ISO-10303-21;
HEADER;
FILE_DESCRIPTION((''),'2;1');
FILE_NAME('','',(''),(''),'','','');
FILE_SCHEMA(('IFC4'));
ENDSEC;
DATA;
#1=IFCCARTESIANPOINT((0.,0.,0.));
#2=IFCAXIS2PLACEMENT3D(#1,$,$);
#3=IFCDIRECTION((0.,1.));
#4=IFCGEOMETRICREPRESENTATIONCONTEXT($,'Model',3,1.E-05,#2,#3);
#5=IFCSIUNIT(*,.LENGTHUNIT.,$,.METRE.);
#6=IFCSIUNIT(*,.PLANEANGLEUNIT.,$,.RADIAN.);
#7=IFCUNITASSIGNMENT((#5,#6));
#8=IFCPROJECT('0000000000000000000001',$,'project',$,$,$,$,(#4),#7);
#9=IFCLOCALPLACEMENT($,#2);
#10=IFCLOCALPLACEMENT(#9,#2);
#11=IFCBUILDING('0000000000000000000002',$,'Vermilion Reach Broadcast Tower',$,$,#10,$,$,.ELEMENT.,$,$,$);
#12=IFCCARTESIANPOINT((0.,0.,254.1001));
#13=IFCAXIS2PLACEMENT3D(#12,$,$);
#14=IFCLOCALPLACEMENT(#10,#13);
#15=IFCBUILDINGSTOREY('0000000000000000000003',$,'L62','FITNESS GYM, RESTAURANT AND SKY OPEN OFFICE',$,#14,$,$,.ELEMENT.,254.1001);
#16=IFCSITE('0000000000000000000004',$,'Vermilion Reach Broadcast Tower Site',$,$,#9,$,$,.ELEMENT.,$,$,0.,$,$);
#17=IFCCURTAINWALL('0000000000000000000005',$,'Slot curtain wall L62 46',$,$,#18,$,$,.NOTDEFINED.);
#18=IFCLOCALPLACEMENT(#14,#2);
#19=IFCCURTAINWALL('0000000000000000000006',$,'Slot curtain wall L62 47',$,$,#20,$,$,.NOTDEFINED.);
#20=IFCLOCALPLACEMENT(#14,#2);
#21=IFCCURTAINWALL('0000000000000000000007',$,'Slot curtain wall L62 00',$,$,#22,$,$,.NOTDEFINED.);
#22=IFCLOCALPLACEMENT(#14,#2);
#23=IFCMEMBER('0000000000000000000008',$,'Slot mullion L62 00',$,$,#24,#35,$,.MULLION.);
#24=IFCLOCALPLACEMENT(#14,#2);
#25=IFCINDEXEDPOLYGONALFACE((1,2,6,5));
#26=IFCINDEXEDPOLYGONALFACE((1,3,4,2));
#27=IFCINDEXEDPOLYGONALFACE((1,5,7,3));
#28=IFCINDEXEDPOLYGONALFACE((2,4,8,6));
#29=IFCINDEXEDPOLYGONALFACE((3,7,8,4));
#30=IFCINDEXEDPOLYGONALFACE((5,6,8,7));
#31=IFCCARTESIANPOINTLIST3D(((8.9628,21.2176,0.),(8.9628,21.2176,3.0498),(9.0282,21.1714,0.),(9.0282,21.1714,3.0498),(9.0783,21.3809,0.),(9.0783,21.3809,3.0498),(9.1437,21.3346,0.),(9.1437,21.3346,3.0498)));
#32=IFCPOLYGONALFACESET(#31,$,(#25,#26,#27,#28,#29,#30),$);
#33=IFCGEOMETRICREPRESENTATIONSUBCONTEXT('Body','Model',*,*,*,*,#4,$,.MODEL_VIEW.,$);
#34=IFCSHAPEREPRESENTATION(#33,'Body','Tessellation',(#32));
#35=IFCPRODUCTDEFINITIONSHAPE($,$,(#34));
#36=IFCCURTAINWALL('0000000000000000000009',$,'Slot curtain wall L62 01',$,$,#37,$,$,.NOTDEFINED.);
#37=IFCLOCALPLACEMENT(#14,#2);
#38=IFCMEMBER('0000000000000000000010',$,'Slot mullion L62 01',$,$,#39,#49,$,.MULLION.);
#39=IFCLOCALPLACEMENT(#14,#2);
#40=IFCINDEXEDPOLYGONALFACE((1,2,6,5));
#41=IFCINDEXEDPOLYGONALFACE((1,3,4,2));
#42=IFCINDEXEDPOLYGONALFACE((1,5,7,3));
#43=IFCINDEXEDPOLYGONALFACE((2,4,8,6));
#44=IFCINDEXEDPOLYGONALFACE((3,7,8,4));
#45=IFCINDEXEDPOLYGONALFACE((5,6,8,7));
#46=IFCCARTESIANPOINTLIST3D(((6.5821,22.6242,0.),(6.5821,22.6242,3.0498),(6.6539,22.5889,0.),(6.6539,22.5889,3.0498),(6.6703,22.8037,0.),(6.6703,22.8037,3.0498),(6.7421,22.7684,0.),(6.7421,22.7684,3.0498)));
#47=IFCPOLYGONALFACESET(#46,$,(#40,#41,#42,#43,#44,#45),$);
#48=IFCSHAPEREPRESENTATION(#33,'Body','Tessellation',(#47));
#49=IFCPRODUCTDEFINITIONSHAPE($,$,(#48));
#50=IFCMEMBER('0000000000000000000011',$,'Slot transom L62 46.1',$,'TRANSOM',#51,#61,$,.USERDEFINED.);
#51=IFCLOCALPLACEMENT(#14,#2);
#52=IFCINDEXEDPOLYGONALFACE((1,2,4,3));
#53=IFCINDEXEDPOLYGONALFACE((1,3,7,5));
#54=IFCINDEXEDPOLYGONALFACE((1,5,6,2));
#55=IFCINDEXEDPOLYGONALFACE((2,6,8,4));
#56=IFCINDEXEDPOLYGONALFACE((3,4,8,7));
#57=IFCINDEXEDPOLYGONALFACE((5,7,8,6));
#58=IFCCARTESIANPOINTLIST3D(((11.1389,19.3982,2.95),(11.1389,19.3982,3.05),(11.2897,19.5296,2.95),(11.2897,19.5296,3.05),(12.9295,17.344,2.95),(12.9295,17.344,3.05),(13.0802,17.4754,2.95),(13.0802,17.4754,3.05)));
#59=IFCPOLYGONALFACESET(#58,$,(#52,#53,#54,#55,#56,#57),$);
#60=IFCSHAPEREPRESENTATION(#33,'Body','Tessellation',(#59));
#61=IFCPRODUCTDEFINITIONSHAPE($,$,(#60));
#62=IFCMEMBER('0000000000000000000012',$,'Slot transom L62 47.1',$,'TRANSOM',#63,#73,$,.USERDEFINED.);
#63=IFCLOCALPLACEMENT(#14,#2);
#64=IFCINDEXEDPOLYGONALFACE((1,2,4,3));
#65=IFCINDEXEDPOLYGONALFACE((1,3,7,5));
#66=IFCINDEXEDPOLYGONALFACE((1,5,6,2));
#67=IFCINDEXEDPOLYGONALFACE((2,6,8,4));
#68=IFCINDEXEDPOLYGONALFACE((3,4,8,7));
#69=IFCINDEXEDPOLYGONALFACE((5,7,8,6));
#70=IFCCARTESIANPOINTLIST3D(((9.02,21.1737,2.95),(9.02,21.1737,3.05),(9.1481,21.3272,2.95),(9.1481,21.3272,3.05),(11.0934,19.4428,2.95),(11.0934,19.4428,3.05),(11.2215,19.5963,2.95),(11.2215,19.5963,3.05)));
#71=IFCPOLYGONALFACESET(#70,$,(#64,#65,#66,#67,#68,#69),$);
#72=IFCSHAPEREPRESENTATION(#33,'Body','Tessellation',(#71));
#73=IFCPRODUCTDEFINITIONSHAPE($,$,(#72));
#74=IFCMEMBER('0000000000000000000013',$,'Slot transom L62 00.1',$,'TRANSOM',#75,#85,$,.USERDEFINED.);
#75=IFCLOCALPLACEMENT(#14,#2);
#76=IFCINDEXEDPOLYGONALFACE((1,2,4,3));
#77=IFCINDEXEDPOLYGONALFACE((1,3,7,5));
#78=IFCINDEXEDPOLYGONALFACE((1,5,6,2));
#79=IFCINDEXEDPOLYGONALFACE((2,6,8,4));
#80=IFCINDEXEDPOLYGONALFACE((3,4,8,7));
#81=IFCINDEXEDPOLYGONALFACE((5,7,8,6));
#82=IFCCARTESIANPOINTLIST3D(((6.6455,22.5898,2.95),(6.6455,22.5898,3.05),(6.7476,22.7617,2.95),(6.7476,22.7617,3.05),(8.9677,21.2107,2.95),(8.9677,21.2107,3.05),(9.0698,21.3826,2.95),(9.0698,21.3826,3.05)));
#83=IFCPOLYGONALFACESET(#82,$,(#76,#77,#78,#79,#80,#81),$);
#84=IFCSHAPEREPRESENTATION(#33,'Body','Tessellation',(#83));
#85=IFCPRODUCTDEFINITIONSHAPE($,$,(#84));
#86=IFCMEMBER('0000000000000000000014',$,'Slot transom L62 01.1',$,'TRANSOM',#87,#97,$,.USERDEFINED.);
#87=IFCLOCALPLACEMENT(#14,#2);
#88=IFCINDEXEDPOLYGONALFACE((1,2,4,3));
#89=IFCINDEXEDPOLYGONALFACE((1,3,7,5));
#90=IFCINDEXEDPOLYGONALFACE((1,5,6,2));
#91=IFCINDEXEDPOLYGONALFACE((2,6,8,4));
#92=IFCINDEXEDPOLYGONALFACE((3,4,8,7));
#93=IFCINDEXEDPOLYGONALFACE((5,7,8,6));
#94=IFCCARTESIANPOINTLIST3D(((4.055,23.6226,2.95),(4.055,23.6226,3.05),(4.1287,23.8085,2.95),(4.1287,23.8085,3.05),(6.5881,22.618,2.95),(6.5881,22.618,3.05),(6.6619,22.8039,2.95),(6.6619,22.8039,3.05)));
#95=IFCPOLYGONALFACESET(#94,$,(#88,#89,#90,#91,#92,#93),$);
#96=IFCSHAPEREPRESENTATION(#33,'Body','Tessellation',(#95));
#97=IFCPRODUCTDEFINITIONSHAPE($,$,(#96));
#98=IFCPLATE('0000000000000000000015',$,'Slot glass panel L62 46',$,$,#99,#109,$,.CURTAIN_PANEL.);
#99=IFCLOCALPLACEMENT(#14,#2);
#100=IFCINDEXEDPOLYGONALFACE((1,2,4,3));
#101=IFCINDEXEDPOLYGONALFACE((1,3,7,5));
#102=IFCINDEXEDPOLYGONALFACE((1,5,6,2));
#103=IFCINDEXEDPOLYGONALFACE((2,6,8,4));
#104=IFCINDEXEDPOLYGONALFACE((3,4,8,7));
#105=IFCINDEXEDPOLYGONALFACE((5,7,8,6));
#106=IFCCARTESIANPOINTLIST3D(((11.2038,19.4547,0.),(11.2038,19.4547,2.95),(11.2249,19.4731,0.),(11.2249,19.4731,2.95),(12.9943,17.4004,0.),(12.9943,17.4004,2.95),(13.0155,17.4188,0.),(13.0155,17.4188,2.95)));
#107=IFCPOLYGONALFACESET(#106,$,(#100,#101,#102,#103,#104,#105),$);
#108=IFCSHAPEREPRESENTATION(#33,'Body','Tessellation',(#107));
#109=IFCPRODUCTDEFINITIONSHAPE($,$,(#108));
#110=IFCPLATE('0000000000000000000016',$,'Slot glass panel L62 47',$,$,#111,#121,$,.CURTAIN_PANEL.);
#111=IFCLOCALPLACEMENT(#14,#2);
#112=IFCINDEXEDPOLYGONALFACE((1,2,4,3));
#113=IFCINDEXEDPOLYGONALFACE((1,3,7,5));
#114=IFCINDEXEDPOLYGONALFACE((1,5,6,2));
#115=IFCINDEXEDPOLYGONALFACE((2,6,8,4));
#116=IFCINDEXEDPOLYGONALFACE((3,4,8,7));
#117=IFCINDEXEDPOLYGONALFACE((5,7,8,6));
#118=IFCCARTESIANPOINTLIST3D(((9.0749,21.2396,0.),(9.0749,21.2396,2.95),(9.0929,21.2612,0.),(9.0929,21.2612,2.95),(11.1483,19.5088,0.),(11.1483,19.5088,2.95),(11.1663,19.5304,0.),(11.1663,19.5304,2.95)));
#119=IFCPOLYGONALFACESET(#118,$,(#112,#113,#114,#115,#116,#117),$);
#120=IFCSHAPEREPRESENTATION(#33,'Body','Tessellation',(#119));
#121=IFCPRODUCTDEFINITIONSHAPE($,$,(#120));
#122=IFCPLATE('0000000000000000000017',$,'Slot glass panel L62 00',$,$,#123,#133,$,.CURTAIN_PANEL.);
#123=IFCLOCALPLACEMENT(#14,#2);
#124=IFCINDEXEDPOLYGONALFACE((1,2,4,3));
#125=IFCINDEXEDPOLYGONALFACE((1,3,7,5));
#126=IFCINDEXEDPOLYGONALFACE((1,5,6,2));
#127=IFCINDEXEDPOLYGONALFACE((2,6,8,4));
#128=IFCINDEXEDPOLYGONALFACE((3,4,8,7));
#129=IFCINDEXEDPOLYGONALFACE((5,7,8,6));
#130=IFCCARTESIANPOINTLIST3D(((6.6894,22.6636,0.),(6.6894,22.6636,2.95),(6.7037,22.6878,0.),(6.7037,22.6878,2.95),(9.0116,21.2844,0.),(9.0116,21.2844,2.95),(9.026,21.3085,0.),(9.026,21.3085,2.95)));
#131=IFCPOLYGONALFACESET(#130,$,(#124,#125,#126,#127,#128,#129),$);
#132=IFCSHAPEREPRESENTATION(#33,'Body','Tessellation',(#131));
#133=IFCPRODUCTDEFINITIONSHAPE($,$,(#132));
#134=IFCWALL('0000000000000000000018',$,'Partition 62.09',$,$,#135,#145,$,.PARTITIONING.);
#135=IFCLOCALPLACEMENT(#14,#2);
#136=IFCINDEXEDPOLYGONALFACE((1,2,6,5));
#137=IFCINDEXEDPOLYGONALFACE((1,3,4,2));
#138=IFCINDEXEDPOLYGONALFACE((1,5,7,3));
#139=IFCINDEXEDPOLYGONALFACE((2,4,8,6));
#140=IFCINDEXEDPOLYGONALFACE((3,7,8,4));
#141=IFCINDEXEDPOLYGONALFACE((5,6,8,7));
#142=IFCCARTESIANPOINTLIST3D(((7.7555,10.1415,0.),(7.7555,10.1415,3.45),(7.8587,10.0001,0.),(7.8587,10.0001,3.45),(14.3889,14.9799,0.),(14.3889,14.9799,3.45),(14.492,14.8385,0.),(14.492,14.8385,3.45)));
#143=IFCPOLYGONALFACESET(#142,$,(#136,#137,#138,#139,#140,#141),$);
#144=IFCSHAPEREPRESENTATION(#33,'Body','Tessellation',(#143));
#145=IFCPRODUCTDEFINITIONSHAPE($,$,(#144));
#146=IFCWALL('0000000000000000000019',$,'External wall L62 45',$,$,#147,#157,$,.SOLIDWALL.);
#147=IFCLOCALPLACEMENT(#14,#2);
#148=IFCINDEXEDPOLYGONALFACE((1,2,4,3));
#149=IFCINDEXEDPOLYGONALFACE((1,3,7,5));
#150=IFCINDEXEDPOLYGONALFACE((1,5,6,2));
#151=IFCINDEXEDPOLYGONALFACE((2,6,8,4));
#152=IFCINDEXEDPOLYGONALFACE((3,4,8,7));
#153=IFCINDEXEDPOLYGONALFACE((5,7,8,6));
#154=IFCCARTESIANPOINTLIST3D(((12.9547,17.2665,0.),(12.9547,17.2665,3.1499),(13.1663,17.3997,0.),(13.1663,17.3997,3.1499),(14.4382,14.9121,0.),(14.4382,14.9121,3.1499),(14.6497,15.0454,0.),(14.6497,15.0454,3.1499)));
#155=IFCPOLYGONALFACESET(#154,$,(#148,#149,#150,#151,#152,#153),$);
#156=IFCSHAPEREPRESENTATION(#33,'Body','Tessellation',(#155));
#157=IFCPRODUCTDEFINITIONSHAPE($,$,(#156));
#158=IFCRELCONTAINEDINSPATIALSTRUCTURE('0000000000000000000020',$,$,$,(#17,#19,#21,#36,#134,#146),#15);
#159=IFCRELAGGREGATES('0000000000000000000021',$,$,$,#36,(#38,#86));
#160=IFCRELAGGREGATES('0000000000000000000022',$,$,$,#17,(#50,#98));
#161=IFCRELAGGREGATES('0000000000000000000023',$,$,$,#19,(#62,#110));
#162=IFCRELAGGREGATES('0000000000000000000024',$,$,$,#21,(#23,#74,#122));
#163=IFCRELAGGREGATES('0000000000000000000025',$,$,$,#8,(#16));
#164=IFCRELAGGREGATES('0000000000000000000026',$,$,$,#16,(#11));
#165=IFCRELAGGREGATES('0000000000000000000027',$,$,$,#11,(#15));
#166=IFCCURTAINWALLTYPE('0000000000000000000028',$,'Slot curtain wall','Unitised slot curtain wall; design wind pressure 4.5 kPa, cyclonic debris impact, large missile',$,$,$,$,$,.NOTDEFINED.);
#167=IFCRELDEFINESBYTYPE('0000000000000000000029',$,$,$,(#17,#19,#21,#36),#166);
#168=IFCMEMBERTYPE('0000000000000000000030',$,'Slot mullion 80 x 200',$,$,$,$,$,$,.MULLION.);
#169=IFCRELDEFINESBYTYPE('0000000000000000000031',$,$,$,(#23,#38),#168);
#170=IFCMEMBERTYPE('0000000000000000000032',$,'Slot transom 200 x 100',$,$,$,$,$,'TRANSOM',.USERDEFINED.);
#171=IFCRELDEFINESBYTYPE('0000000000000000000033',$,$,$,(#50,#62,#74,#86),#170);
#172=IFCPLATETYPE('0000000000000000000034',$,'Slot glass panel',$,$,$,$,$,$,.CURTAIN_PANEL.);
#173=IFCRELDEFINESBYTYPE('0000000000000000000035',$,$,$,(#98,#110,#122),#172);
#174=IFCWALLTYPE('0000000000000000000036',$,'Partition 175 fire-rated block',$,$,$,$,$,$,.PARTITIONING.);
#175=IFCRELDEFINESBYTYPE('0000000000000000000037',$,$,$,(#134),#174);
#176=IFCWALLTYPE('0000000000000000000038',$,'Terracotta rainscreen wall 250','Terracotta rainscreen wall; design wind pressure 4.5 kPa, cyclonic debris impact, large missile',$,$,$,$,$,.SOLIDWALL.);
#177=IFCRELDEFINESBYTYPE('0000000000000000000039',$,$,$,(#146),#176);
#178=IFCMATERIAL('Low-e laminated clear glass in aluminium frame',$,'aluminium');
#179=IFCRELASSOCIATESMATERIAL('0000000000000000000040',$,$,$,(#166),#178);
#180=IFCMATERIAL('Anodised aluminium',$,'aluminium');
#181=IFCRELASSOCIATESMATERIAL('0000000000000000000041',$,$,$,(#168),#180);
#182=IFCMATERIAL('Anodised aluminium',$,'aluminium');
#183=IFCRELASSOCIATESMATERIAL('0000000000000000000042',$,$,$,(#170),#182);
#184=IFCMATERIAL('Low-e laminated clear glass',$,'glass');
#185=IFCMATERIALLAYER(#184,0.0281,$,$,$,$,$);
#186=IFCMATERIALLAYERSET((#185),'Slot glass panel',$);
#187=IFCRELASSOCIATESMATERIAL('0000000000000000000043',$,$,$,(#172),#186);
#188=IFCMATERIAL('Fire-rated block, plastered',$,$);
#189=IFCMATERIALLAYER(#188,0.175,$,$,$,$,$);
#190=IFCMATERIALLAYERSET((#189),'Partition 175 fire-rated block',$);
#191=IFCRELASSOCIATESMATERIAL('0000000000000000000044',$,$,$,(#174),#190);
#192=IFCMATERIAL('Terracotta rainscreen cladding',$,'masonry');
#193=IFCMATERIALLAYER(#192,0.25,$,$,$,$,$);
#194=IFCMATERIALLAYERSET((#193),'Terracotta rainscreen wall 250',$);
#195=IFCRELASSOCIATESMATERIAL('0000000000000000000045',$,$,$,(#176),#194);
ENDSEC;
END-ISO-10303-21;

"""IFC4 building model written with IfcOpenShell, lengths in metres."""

from ifc_helpers import new_model, si_unit, direction, frame, frame_2d, origin, origin_2d, place, context, subcontext, project, spatial, rectangle, extrude, material, layer, layer_set, material_profile, profile_set, type_object, element, aggregate, save


model = new_model("IFC4")

# Units and contexts
model_context = context("Model", 3, precision=1e-05, world=origin(), true_north=direction((0.0, 1.0)))
body_context = subcontext(model_context, "Body", "Model", "MODEL_VIEW")
ifc_project = project(units=[si_unit("LENGTHUNIT", "METRE"), si_unit("PLANEANGLEUNIT", "RADIAN")], contexts=[model_context])

# Site, building, storey
site_placement = place(None, origin())
site = spatial("IfcSite", under=ifc_project, at=site_placement, Name="Vermilion Reach Broadcast Tower Site", CompositionType="ELEMENT", RefElevation=0.0)
building_placement = place(site_placement, origin())
building = spatial("IfcBuilding", under=site, at=building_placement, Name="Vermilion Reach Broadcast Tower", CompositionType="ELEMENT")
storey_placement = place(building_placement, frame((0.0, 0.0, 254.1001)))
storey = spatial("IfcBuildingStorey", under=building, at=storey_placement, Name="L62", Description="FITNESS GYM, RESTAURANT AND SKY OPEN OFFICE", CompositionType="ELEMENT", Elevation=254.1001)

# Curtain walls, members
ifc_material_1 = material(Name="Low-e laminated clear glass in aluminium frame", Category="aluminium")
curtain_wall_type = type_object("IfcCurtainWallType", Name="Slot curtain wall", Description="Unitised slot curtain wall; design wind pressure 4.5 kPa, cyclonic debris impact, large missile", PredefinedType="NOTDEFINED", material=ifc_material_1)
placement = place(storey_placement, origin())
curtain_wall_1 = element("IfcCurtainWall", 1, at=placement, inside=storey, type_object=curtain_wall_type, Name="Slot curtain wall L62 46", PredefinedType="NOTDEFINED")
ifc_material_2 = material(Name="Anodised aluminium", Category="aluminium")
ifc_material_profile_1 = material_profile(ifc_material_2, rectangle(XDim=0.2, YDim=0.0801, at=origin_2d()), Name="Slot mullion 80 x 200")
ifc_profile_set_1 = profile_set([ifc_material_profile_1], Name="Anodised aluminium")
member_type_1 = type_object("IfcMemberType", Name="Slot mullion 80 x 200", PredefinedType="MULLION", material=ifc_profile_set_1)
curtain_wall_2 = element("IfcCurtainWall", 2, at=placement, inside=storey, type_object=curtain_wall_type, Name="Slot curtain wall L62 47", PredefinedType="NOTDEFINED")
curtain_wall_3 = element("IfcCurtainWall", 3, at=placement, inside=storey, type_object=curtain_wall_type, Name="Slot curtain wall L62 00", PredefinedType="NOTDEFINED")
member_1_placement = place(storey_placement, frame((9.0532, 21.2761, 0.0), z_axis=(0.0, 0.0, 1.0), x_axis=(-0.577573, -0.816339, 0.0)))
member_1 = element("IfcMember", 4, at=member_1_placement, type_object=member_type_1, Name="Slot mullion L62 00", PredefinedType="MULLION", context=body_context, shape_type="SweptSolid", body=[
    extrude(rectangle(XDim=0.2, YDim=0.0801, at=origin_2d()), origin(), (0.0, 0.0, 1.0), 3.0498),
])
curtain_wall_4 = element("IfcCurtainWall", 5, at=placement, inside=storey, type_object=curtain_wall_type, Name="Slot curtain wall L62 01", PredefinedType="NOTDEFINED")
member_2_placement = place(storey_placement, frame((6.6621, 22.6963, 0.0), z_axis=(0.0, 0.0, 1.0), x_axis=(-0.441053, -0.897481, 0.0)))
member_2 = element("IfcMember", 6, at=member_2_placement, type_object=member_type_1, Name="Slot mullion L62 01", PredefinedType="MULLION", context=body_context, shape_type="SweptSolid", body=[
    extrude(rectangle(XDim=0.2, YDim=0.0801, at=origin_2d()), origin(), (0.0, 0.0, 1.0), 3.0498),
])

# Members
ifc_material_3 = material(Name="Anodised aluminium", Category="aluminium")
ifc_material_profile_2 = material_profile(ifc_material_3, rectangle(XDim=0.2, YDim=0.1001, at=origin_2d()), Name="Slot transom 200 x 100")
ifc_profile_set_2 = profile_set([ifc_material_profile_2], Name="Anodised aluminium")
member_type_2 = type_object("IfcMemberType", Name="Slot transom 200 x 100", ElementType="TRANSOM", PredefinedType="USERDEFINED", material=ifc_profile_set_2)
member_3_placement = place(storey_placement, frame((13.0049, 17.4097, 3.0), z_axis=(-0.65707, 0.75383, 0.0), x_axis=(-0.75383, -0.65707, 0.0)))
member_3 = element("IfcMember", 7, at=member_3_placement, type_object=member_type_2, Name="Slot transom L62 46.1", ObjectType="TRANSOM", PredefinedType="USERDEFINED", context=body_context, shape_type="SweptSolid", body=[
    extrude(rectangle(XDim=0.2, YDim=0.1001, at=origin_2d()), origin(), (0.0, 0.0, 1.0), 2.7251),
])
member_4_placement = place(storey_placement, frame((11.1575, 19.5195, 3.0), z_axis=(-0.767665, 0.640851, 0.0), x_axis=(-0.640851, -0.767665, 0.0)))
member_4 = element("IfcMember", 8, at=member_4_placement, type_object=member_type_2, Name="Slot transom L62 47.1", ObjectType="TRANSOM", PredefinedType="USERDEFINED", context=body_context, shape_type="SweptSolid", body=[
    extrude(rectangle(XDim=0.2, YDim=0.1001, at=origin_2d()), origin(), (0.0, 0.0, 1.0), 2.7009),
])
member_5_placement = place(storey_placement, frame((9.0188, 21.2966, 3.0), z_axis=(-0.859805, 0.510622, 0.0), x_axis=(-0.510622, -0.859805, 0.0)))
member_5 = element("IfcMember", 9, at=member_5_placement, type_object=member_type_2, Name="Slot transom L62 00.1", ObjectType="TRANSOM", PredefinedType="USERDEFINED", context=body_context, shape_type="SweptSolid", body=[
    extrude(rectangle(XDim=0.2, YDim=0.1001, at=origin_2d()), origin(), (0.0, 0.0, 1.0), 2.7009),
])
member_6_placement = place(storey_placement, frame((6.625, 22.7109, 3.0), z_axis=(-0.929566, 0.368655, 0.0), x_axis=(-0.368655, -0.929566, 0.0)))
member_6 = element("IfcMember", 10, at=member_6_placement, type_object=member_type_2, Name="Slot transom L62 01.1", ObjectType="TRANSOM", PredefinedType="USERDEFINED", context=body_context, shape_type="SweptSolid", body=[
    extrude(rectangle(XDim=0.2, YDim=0.1001, at=origin_2d()), origin(), (0.0, 0.0, 1.0), 2.7251),
])
aggregate(curtain_wall_4, [member_2, member_6])

# Plates
ifc_material_4 = material(Name="Low-e laminated clear glass", Category="glass")
ifc_layer_1 = layer(ifc_material_4, 0.0281)
ifc_layer_set_1 = layer_set([ifc_layer_1], Name="Slot glass panel")
plate_type = type_object("IfcPlateType", Name="Slot glass panel", PredefinedType="CURTAIN_PANEL", material=ifc_layer_set_1)
plate_1_placement = place(storey_placement, frame((12.1096, 18.4368, 0.0), z_axis=(0.0, 0.0, 1.0), x_axis=(-0.657052, 0.753845, 0.0)))
plate_1 = element("IfcPlate", 11, at=plate_1_placement, type_object=plate_type, Name="Slot glass panel L62 46", PredefinedType="CURTAIN_PANEL", context=body_context, shape_type="SweptSolid", body=[
    extrude(rectangle(XDim=2.7251, YDim=0.0281, at=origin_2d()), origin(), (0.0, 0.0, 1.0), 2.95),
])
aggregate(curtain_wall_1, [member_3, plate_1])
plate_2_placement = place(storey_placement, frame((10.1206, 20.385, 0.0), z_axis=(0.0, 0.0, 1.0), x_axis=(-0.767688, 0.640823, 0.0)))
plate_2 = element("IfcPlate", 12, at=plate_2_placement, type_object=plate_type, Name="Slot glass panel L62 47", PredefinedType="CURTAIN_PANEL", context=body_context, shape_type="SweptSolid", body=[
    extrude(rectangle(XDim=2.7009, YDim=0.0281, at=origin_2d()), origin(), (0.0, 0.0, 1.0), 2.95),
])
aggregate(curtain_wall_2, [member_4, plate_2])
plate_3_placement = place(storey_placement, frame((7.8577, 21.9861, 0.0), z_axis=(0.0, 0.0, 1.0), x_axis=(-0.859792, 0.510645, 0.0)))
plate_3 = element("IfcPlate", 13, at=plate_3_placement, type_object=plate_type, Name="Slot glass panel L62 00", PredefinedType="CURTAIN_PANEL", context=body_context, shape_type="SweptSolid", body=[
    extrude(rectangle(XDim=2.7009, YDim=0.0281, at=origin_2d()), origin(), (0.0, 0.0, 1.0), 2.95),
])
aggregate(curtain_wall_3, [member_1, member_5, plate_3])

# Walls
ifc_material_5 = material(Name="Fire-rated block, plastered")
ifc_layer_2 = layer(ifc_material_5, 0.175)
ifc_layer_set_2 = layer_set([ifc_layer_2], Name="Partition 175 fire-rated block")
wall_type_1 = type_object("IfcWallType", Name="Partition 175 fire-rated block", PredefinedType="PARTITIONING", material=ifc_layer_set_2)
wall_1_placement = place(storey_placement, frame((14.4404, 14.9092, 0.0), z_axis=(0.0, 0.0, 1.0), x_axis=(-0.807915, -0.589299, 0.0)))
element("IfcWall", 14, at=wall_1_placement, inside=storey, type_object=wall_type_1, Name="Partition 62.09", PredefinedType="PARTITIONING", context=body_context, shape_type="SweptSolid", body=[
    extrude(rectangle(XDim=8.2104, YDim=0.175, at=frame_2d((4.1052, 0.0))), origin(), (0.0, 0.0, 1.0), 3.45),
])
ifc_material_6 = material(Name="Terracotta rainscreen cladding", Category="masonry")
ifc_layer_3 = layer(ifc_material_6, 0.25)
ifc_layer_set_3 = layer_set([ifc_layer_3], Name="Terracotta rainscreen wall 250")
wall_type_2 = type_object("IfcWallType", Name="Terracotta rainscreen wall 250", Description="Terracotta rainscreen wall; design wind pressure 4.5 kPa, cyclonic debris impact, large missile", PredefinedType="SOLIDWALL", material=ifc_layer_set_3)
wall_2_placement = place(storey_placement, frame((14.5439, 14.9788, 0.0), z_axis=(0.0, 0.0, 1.0), x_axis=(-0.533095, 0.846056, 0.0)))
element("IfcWall", 15, at=wall_2_placement, inside=storey, type_object=wall_type_2, Name="External wall L62 45", PredefinedType="SOLIDWALL", context=body_context, shape_type="SweptSolid", body=[
    extrude(rectangle(XDim=2.7827, YDim=0.25, at=frame_2d((1.3914, 0.0))), origin(), (0.0, 0.0, 1.0), 3.1499),
])

save(model, "model.ifc")
